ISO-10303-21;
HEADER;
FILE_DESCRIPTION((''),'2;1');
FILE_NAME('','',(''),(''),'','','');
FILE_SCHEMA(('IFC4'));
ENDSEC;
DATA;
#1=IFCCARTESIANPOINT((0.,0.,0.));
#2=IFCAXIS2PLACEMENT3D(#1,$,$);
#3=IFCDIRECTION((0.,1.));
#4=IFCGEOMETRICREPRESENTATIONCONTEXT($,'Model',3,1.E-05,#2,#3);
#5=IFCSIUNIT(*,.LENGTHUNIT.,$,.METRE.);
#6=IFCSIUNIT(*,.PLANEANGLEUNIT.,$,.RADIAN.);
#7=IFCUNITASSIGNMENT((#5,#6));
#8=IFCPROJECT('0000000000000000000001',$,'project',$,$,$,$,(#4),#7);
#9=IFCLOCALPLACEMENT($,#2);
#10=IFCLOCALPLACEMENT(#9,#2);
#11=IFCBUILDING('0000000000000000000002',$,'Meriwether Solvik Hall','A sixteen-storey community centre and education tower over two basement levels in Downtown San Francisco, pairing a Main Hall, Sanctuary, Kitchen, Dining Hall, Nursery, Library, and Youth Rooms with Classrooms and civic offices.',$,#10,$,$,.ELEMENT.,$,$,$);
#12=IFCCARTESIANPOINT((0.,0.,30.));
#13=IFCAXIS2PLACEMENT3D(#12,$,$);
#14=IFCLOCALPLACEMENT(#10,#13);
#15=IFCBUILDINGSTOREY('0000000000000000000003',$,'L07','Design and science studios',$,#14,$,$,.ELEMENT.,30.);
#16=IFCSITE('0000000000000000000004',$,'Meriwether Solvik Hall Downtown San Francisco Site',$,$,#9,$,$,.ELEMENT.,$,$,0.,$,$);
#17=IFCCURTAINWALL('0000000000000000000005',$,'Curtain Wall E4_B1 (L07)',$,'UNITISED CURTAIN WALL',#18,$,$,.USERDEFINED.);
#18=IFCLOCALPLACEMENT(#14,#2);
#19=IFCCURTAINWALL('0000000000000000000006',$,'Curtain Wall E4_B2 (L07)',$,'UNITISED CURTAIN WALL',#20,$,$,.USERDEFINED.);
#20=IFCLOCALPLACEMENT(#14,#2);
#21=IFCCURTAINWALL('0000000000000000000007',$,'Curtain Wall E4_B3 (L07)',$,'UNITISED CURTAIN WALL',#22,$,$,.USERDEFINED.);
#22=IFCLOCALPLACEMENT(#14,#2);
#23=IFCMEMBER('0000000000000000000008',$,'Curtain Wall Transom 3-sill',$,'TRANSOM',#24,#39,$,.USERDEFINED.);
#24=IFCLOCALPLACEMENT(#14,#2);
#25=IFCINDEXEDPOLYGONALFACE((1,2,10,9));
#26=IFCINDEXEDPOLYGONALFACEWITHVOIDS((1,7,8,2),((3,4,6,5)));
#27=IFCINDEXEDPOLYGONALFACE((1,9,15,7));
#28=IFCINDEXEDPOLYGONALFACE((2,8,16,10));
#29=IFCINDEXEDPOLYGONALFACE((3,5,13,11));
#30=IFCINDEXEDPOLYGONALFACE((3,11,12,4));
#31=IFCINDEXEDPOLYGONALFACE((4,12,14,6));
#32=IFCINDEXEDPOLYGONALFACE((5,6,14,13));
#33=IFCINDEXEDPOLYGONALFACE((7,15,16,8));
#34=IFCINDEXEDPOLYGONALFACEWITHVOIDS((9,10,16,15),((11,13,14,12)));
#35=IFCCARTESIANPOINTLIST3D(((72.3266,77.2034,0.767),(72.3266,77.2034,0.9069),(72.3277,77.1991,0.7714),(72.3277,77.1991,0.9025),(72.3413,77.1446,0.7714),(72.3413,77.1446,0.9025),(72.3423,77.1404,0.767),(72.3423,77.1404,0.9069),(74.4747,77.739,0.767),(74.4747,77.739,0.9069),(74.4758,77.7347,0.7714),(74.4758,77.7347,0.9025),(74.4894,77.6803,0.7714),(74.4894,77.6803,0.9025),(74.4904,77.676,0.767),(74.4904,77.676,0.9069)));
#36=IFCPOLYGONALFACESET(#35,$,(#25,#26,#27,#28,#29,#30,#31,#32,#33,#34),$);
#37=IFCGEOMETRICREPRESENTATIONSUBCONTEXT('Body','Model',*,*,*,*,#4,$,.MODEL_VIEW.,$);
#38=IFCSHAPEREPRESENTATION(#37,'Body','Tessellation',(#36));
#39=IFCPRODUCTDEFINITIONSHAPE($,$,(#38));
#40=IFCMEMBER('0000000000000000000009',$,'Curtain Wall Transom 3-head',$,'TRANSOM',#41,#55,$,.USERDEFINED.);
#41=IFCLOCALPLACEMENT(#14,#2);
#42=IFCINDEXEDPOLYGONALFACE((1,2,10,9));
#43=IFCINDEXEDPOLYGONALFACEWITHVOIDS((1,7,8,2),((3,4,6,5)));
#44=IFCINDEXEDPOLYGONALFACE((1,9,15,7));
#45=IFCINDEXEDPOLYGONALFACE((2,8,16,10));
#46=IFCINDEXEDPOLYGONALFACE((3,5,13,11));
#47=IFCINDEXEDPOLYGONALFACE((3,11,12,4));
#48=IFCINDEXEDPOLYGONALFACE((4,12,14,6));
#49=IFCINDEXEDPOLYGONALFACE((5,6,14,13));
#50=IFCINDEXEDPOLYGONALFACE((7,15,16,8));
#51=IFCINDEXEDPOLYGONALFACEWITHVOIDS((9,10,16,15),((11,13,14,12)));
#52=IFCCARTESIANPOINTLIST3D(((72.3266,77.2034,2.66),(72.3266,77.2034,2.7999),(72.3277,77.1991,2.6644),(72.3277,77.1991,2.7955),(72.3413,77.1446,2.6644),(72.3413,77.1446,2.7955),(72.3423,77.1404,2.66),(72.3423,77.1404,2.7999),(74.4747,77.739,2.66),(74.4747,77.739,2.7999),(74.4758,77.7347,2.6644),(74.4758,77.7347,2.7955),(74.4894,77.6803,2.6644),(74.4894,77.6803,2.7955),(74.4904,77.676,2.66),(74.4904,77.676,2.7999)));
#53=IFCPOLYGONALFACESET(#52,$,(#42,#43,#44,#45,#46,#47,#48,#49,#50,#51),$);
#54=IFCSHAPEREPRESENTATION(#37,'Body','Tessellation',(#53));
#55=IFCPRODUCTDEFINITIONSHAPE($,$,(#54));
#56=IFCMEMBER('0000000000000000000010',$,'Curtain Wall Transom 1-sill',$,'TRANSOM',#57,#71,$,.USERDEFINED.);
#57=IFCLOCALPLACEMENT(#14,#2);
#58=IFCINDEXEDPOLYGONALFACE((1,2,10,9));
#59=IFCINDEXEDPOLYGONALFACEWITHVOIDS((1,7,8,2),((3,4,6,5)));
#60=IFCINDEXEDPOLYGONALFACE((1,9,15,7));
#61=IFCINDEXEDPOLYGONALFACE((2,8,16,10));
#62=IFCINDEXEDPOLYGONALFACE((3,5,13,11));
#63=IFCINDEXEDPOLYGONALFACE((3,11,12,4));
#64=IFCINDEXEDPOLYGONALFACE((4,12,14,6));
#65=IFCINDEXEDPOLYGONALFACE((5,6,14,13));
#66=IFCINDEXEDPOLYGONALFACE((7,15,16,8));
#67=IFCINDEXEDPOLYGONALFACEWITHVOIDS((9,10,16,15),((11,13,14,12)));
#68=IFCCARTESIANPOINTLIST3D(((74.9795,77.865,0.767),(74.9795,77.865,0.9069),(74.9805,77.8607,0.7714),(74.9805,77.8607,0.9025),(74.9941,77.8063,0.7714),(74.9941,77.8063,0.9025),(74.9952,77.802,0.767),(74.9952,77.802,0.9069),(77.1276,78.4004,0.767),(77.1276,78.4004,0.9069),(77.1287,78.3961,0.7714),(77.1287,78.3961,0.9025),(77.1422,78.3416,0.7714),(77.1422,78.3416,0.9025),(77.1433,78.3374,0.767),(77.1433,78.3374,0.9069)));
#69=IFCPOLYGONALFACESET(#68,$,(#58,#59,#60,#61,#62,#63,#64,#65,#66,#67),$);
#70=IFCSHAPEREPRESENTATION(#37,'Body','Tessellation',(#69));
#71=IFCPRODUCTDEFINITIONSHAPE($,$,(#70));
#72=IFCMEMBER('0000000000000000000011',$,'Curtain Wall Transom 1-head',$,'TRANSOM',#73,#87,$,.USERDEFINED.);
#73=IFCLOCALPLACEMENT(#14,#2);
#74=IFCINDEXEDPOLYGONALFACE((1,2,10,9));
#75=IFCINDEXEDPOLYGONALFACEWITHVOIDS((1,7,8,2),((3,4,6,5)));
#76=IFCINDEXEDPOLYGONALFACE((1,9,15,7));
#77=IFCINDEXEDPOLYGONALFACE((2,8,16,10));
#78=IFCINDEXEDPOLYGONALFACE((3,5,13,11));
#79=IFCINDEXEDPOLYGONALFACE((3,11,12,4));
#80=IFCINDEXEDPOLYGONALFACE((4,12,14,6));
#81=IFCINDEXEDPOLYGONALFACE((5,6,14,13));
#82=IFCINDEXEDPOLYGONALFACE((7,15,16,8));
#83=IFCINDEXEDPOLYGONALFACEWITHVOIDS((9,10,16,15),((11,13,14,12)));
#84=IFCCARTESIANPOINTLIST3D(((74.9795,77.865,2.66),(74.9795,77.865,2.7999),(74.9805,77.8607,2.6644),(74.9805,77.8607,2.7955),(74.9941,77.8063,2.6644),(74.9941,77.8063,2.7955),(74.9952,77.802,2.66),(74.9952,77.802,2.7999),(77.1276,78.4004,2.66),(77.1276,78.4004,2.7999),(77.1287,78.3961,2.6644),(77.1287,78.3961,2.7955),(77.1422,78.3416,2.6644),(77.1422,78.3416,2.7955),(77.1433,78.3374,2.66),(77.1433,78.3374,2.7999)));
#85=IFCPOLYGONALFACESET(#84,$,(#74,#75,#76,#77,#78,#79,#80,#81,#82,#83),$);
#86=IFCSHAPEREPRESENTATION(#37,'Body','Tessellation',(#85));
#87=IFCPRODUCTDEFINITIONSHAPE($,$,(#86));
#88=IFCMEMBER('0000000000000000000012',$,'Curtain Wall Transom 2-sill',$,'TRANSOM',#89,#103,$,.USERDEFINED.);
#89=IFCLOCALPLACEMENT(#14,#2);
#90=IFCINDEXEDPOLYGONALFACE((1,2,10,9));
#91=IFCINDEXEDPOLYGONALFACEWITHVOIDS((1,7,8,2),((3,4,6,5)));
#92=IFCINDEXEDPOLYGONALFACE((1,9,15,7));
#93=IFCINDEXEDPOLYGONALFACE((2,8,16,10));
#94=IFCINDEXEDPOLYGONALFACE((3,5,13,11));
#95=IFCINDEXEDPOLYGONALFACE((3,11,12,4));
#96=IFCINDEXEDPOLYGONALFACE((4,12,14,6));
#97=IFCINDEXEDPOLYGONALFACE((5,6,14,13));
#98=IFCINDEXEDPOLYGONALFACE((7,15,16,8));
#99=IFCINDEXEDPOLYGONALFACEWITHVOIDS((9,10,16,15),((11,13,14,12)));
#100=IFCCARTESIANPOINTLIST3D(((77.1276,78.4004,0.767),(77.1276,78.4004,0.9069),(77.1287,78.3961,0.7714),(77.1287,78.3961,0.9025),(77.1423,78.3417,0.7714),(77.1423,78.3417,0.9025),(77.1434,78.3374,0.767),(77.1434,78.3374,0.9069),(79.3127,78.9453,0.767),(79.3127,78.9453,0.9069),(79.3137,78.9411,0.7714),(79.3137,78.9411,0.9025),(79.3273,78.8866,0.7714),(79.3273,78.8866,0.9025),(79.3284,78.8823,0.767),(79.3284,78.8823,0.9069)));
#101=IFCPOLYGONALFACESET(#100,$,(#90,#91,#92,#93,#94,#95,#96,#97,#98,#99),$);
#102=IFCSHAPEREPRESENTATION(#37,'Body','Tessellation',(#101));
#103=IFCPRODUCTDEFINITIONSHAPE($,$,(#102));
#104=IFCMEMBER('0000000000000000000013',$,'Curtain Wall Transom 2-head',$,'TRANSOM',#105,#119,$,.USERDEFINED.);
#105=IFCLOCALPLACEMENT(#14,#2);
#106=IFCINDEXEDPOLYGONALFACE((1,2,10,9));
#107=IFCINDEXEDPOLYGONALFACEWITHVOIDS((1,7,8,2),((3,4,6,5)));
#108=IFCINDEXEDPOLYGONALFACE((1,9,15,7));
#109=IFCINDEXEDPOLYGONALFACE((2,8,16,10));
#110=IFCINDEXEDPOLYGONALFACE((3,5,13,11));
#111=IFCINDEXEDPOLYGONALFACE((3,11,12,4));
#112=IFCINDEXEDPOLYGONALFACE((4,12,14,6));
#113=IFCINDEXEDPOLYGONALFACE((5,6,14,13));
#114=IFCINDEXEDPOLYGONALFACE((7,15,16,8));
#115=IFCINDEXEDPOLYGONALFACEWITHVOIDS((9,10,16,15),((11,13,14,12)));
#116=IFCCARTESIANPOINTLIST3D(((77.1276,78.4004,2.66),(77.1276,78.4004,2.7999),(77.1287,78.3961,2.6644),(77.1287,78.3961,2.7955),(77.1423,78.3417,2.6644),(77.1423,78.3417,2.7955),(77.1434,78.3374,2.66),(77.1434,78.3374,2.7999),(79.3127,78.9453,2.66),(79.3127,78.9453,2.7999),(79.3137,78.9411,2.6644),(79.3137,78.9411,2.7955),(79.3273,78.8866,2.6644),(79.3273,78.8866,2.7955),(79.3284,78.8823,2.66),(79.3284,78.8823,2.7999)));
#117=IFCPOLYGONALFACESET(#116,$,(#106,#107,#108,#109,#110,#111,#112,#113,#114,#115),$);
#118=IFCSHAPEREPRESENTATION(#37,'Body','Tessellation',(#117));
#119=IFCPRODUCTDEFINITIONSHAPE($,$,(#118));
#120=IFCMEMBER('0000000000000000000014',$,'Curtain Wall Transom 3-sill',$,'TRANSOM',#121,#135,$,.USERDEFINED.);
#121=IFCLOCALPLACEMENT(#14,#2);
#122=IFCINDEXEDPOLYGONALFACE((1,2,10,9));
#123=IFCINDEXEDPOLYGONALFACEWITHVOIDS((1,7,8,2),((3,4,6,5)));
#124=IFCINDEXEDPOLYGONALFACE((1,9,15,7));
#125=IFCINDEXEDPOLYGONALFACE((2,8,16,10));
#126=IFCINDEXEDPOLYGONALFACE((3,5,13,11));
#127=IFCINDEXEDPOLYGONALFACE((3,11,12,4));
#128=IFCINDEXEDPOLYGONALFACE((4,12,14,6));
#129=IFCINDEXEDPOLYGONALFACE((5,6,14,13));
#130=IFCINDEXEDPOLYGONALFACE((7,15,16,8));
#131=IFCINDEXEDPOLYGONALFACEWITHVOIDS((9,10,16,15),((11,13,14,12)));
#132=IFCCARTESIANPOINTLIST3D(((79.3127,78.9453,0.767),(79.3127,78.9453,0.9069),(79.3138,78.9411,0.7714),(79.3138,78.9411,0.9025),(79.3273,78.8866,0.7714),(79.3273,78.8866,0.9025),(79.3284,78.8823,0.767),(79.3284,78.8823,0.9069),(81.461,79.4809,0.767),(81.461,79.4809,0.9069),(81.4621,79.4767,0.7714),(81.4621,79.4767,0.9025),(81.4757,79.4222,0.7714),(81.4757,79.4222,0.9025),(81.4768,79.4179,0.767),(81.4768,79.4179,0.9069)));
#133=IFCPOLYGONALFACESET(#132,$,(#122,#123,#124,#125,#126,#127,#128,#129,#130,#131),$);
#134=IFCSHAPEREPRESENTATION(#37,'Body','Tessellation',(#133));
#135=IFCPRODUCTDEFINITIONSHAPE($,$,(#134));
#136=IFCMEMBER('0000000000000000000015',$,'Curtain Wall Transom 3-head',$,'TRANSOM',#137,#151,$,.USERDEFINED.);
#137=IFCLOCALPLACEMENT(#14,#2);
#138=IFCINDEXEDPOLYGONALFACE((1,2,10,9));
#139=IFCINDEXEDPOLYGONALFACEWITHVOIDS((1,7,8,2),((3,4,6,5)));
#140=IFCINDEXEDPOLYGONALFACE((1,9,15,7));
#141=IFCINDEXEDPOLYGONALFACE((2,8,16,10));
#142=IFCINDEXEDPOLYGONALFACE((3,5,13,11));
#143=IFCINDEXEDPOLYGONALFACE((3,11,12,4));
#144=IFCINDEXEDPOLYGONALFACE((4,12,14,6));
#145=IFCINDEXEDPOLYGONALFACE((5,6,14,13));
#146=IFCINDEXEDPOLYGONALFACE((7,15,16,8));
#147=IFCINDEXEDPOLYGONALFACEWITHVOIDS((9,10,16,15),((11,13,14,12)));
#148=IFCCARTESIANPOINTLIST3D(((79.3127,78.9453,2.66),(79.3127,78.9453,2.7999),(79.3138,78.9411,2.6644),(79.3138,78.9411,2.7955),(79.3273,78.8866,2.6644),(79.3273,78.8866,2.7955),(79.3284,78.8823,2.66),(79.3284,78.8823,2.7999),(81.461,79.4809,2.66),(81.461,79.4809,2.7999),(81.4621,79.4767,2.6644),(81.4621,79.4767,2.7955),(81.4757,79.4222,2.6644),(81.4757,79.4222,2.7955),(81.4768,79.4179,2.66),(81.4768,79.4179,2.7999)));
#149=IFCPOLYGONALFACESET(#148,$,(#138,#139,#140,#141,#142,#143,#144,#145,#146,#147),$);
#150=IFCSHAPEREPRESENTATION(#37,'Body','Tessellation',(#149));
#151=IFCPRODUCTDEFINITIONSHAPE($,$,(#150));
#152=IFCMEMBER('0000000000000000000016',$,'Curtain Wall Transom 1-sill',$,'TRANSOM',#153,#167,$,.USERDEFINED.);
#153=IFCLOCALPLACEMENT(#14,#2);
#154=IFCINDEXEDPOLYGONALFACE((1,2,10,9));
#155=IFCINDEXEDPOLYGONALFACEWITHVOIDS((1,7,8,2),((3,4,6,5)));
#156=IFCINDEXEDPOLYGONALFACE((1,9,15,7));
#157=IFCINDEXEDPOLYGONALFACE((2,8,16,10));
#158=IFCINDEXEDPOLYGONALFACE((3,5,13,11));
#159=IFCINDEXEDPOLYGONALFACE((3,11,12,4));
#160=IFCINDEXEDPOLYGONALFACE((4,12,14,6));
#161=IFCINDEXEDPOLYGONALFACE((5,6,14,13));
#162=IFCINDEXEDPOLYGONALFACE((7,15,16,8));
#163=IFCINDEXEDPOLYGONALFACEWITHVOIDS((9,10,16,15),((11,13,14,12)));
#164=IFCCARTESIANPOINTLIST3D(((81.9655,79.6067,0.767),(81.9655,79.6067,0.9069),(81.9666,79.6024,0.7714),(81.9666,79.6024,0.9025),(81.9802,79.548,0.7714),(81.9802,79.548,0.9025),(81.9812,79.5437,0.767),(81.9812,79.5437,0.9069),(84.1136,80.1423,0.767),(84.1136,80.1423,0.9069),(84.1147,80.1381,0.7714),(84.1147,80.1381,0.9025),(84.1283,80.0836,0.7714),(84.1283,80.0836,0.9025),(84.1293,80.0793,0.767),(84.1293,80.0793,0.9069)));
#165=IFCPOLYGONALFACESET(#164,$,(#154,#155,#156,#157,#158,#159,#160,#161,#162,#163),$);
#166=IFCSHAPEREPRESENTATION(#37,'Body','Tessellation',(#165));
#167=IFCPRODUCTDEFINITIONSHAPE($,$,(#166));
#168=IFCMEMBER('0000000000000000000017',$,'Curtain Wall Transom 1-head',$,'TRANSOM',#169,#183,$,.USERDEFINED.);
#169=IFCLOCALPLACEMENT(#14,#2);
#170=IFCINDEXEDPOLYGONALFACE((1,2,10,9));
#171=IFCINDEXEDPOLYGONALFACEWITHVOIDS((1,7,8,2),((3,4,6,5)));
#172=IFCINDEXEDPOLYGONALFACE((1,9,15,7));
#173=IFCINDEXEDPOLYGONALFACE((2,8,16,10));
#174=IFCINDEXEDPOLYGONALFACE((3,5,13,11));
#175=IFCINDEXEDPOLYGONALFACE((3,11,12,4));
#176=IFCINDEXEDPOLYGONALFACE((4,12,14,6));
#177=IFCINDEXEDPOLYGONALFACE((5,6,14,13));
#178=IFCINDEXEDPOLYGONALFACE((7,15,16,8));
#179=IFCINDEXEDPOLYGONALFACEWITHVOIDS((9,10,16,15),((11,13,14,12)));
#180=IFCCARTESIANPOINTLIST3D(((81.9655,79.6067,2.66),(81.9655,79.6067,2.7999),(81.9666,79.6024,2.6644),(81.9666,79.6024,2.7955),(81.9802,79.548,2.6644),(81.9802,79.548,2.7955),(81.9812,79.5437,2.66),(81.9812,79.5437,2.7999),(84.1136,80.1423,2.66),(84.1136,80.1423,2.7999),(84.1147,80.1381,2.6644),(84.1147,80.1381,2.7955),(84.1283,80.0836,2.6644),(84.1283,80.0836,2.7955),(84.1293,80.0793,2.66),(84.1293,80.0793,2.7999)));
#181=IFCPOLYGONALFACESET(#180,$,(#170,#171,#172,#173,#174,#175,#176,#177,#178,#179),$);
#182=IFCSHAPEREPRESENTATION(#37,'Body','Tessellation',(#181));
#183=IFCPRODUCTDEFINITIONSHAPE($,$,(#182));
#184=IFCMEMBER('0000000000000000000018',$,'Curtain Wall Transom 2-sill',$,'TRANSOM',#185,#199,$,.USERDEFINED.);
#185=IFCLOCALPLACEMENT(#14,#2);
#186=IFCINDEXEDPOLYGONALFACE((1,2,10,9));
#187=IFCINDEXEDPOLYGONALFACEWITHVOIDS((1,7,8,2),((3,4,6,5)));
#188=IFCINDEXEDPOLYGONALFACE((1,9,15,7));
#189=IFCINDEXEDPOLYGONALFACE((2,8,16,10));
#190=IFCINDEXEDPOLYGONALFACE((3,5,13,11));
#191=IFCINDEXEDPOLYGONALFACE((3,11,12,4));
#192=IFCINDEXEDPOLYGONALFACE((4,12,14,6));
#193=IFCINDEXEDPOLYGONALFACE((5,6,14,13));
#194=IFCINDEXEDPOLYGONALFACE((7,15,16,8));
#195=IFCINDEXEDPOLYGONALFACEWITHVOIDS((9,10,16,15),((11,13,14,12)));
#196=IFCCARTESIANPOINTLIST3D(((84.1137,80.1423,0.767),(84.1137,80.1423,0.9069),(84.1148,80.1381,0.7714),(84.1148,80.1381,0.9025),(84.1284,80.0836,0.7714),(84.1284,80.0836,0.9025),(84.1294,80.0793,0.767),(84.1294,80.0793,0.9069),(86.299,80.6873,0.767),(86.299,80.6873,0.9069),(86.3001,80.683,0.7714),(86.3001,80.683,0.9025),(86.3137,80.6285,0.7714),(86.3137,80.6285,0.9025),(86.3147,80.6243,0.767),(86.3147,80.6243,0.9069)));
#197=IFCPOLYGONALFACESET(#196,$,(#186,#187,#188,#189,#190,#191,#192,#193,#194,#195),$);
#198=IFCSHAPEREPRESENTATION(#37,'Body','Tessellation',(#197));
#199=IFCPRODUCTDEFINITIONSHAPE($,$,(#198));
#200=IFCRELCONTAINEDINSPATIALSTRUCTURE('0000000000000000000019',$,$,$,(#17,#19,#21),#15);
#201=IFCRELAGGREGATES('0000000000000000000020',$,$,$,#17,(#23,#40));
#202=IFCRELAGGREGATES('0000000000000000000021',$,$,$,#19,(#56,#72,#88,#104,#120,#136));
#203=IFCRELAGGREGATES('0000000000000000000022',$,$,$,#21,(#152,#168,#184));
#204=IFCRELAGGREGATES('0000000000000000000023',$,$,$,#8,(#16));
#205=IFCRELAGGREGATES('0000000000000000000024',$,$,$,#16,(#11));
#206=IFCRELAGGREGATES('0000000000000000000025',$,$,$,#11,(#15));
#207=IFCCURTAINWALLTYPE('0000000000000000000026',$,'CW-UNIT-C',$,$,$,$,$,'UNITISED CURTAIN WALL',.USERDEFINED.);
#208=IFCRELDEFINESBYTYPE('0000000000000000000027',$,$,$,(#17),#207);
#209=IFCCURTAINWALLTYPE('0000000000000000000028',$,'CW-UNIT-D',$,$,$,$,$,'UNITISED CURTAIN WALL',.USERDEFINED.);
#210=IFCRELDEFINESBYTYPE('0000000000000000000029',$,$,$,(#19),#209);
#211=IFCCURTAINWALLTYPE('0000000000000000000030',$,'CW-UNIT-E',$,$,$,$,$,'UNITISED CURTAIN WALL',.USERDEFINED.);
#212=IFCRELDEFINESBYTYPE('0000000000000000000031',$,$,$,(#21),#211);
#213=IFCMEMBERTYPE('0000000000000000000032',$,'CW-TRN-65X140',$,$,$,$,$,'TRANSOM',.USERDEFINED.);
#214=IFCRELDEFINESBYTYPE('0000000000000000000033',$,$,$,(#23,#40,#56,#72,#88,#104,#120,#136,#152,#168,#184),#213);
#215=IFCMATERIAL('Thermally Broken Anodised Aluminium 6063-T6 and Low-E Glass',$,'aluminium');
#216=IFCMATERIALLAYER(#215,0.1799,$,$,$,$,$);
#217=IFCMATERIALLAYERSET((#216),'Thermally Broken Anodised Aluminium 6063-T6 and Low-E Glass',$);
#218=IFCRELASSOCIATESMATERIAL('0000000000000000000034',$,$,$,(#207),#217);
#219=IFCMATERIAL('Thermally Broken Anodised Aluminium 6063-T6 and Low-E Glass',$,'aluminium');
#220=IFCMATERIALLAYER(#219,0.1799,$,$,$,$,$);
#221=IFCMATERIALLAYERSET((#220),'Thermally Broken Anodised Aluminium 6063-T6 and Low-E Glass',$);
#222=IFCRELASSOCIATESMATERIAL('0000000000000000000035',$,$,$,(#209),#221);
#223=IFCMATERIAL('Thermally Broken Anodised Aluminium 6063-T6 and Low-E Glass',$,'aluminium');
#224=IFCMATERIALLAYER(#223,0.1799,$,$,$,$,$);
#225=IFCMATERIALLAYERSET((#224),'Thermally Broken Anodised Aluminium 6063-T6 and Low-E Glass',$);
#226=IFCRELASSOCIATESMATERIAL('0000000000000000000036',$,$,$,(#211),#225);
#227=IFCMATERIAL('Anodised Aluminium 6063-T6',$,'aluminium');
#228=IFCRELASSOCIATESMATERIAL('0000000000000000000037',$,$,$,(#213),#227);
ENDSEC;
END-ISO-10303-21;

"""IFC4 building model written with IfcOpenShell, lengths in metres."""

from ifc_helpers import new_model, si_unit, direction, frame, origin, origin_2d, place, context, subcontext, project, spatial, hollow_rectangle, extrude, material, layer, layer_set, material_profile, profile_set, type_object, element, aggregate, save


model = new_model("IFC4")

# Units and contexts
model_context = context("Model", 3, precision=1e-05, world=origin(), true_north=direction((0.0, 1.0)))
body_context = subcontext(model_context, "Body", "Model", "MODEL_VIEW")
ifc_project = project(units=[si_unit("LENGTHUNIT", "METRE"), si_unit("PLANEANGLEUNIT", "RADIAN")], contexts=[model_context])

# Site, building, storey
site_placement = place(None, origin())
site = spatial("IfcSite", under=ifc_project, at=site_placement, Name="Meriwether Solvik Hall Downtown San Francisco Site", CompositionType="ELEMENT", RefElevation=0.0)
building_placement = place(site_placement, origin())
building = spatial("IfcBuilding", under=site, at=building_placement, Name="Meriwether Solvik Hall", Description="A sixteen-storey community centre and education tower over two basement levels in Downtown San Francisco, pairing a Main Hall, Sanctuary, Kitchen, Dining Hall, Nursery, Library, and Youth Rooms with Classrooms and civic offices.", CompositionType="ELEMENT")
storey_placement = place(building_placement, frame((0.0, 0.0, 30.0)))
storey = spatial("IfcBuildingStorey", under=building, at=storey_placement, Name="L07", Description="Design and science studios", CompositionType="ELEMENT", Elevation=30.0)

# Curtain walls
ifc_material_1 = material(Name="Thermally Broken Anodised Aluminium 6063-T6 and Low-E Glass", Category="aluminium")
ifc_layer_1 = layer(ifc_material_1, 0.1799)
ifc_layer_set_1 = layer_set([ifc_layer_1], Name="Thermally Broken Anodised Aluminium 6063-T6 and Low-E Glass")
curtain_wall_type_1 = type_object("IfcCurtainWallType", Name="CW-UNIT-C", ElementType="UNITISED CURTAIN WALL", PredefinedType="USERDEFINED", material=ifc_layer_set_1)
curtain_wall_1_placement = place(storey_placement, origin())
curtain_wall_1 = element("IfcCurtainWall", 1, at=curtain_wall_1_placement, inside=storey, type_object=curtain_wall_type_1, Name="Curtain Wall E4_B1 (L07)", ObjectType="UNITISED CURTAIN WALL", PredefinedType="USERDEFINED")
ifc_material_2 = material(Name="Thermally Broken Anodised Aluminium 6063-T6 and Low-E Glass", Category="aluminium")
ifc_layer_2 = layer(ifc_material_2, 0.1799)
ifc_layer_set_2 = layer_set([ifc_layer_2], Name="Thermally Broken Anodised Aluminium 6063-T6 and Low-E Glass")
curtain_wall_type_2 = type_object("IfcCurtainWallType", Name="CW-UNIT-D", ElementType="UNITISED CURTAIN WALL", PredefinedType="USERDEFINED", material=ifc_layer_set_2)
curtain_wall_2_placement = place(storey_placement, origin())
curtain_wall_2 = element("IfcCurtainWall", 2, at=curtain_wall_2_placement, inside=storey, type_object=curtain_wall_type_2, Name="Curtain Wall E4_B2 (L07)", ObjectType="UNITISED CURTAIN WALL", PredefinedType="USERDEFINED")
ifc_material_3 = material(Name="Thermally Broken Anodised Aluminium 6063-T6 and Low-E Glass", Category="aluminium")
ifc_layer_3 = layer(ifc_material_3, 0.1799)
ifc_layer_set_3 = layer_set([ifc_layer_3], Name="Thermally Broken Anodised Aluminium 6063-T6 and Low-E Glass")
curtain_wall_type_3 = type_object("IfcCurtainWallType", Name="CW-UNIT-E", ElementType="UNITISED CURTAIN WALL", PredefinedType="USERDEFINED", material=ifc_layer_set_3)
curtain_wall_3_placement = place(storey_placement, origin())
curtain_wall_3 = element("IfcCurtainWall", 3, at=curtain_wall_3_placement, inside=storey, type_object=curtain_wall_type_3, Name="Curtain Wall E4_B3 (L07)", ObjectType="UNITISED CURTAIN WALL", PredefinedType="USERDEFINED")

# Members
ifc_material_4 = material(Name="Anodised Aluminium 6063-T6", Category="aluminium")
ifc_material_profile_1 = material_profile(ifc_material_4, hollow_rectangle(XDim=0.0649, YDim=0.1399, WallThickness=0.0044, at=origin_2d()), Name="CWT-65X140")
ifc_profile_set_1 = profile_set([ifc_material_profile_1], Name="Anodised Aluminium 6063-T6")
member_type_1 = type_object("IfcMemberType", Name="CW-TRN-65X140", ElementType="TRANSOM", PredefinedType="USERDEFINED", material=ifc_profile_set_1)
member_1_placement = place(storey_placement, frame((72.3345, 77.1719, 0.8369), z_axis=(0.970292, 0.241939, 0.0), x_axis=(-0.241939, 0.970292, 0.0)))
member_1 = element("IfcMember", 4, at=member_1_placement, type_object=member_type_1, Name="Curtain Wall Transom 3-sill", ObjectType="TRANSOM", PredefinedType="USERDEFINED", context=body_context, shape_type="SweptSolid", body=[
    extrude(hollow_rectangle(XDim=0.0649, YDim=0.1399, WallThickness=0.0044, at=origin_2d()), origin(), (0.0, 0.0, 1.0), 2.2139),
])
member_2_placement = place(storey_placement, frame((72.3345, 77.1719, 2.73), z_axis=(0.970292, 0.241939, 0.0), x_axis=(-0.241939, 0.970292, 0.0)))
member_2 = element("IfcMember", 5, at=member_2_placement, type_object=member_type_1, Name="Curtain Wall Transom 3-head", ObjectType="TRANSOM", PredefinedType="USERDEFINED", context=body_context, shape_type="SweptSolid", body=[
    extrude(hollow_rectangle(XDim=0.0649, YDim=0.1399, WallThickness=0.0044, at=origin_2d()), origin(), (0.0, 0.0, 1.0), 2.2139),
])
member_3_placement = place(storey_placement, frame((74.9873, 77.8335, 0.8369), z_axis=(0.970317, 0.241835, 0.0), x_axis=(-0.241835, 0.970317, 0.0)))
member_3 = element("IfcMember", 6, at=member_3_placement, type_object=member_type_1, Name="Curtain Wall Transom 1-sill", ObjectType="TRANSOM", PredefinedType="USERDEFINED", context=body_context, shape_type="SweptSolid", body=[
    extrude(hollow_rectangle(XDim=0.0649, YDim=0.1399, WallThickness=0.0044, at=origin_2d()), origin(), (0.0, 0.0, 1.0), 2.2139),
])
member_4_placement = place(storey_placement, frame((74.9873, 77.8335, 2.73), z_axis=(0.970317, 0.241835, 0.0), x_axis=(-0.241835, 0.970317, 0.0)))
member_4 = element("IfcMember", 7, at=member_4_placement, type_object=member_type_1, Name="Curtain Wall Transom 1-head", ObjectType="TRANSOM", PredefinedType="USERDEFINED", context=body_context, shape_type="SweptSolid", body=[
    extrude(hollow_rectangle(XDim=0.0649, YDim=0.1399, WallThickness=0.0044, at=origin_2d()), origin(), (0.0, 0.0, 1.0), 2.2139),
])
member_5_placement = place(storey_placement, frame((77.1355, 78.3689, 0.8369), z_axis=(0.970283, 0.241974, 0.0), x_axis=(-0.241974, 0.970283, 0.0)))
member_5 = element("IfcMember", 8, at=member_5_placement, type_object=member_type_1, Name="Curtain Wall Transom 2-sill", ObjectType="TRANSOM", PredefinedType="USERDEFINED", context=body_context, shape_type="SweptSolid", body=[
    extrude(hollow_rectangle(XDim=0.0649, YDim=0.1399, WallThickness=0.0044, at=origin_2d()), origin(), (0.0, 0.0, 1.0), 2.252),
])
member_6_placement = place(storey_placement, frame((77.1355, 78.3689, 2.73), z_axis=(0.970283, 0.241974, 0.0), x_axis=(-0.241974, 0.970283, 0.0)))
member_6 = element("IfcMember", 9, at=member_6_placement, type_object=member_type_1, Name="Curtain Wall Transom 2-head", ObjectType="TRANSOM", PredefinedType="USERDEFINED", context=body_context, shape_type="SweptSolid", body=[
    extrude(hollow_rectangle(XDim=0.0649, YDim=0.1399, WallThickness=0.0044, at=origin_2d()), origin(), (0.0, 0.0, 1.0), 2.252),
])
member_7_placement = place(storey_placement, frame((79.3206, 78.9138, 0.8369), z_axis=(0.970298, 0.241913, 0.0), x_axis=(-0.241913, 0.970298, 0.0)))
member_7 = element("IfcMember", 10, at=member_7_placement, type_object=member_type_1, Name="Curtain Wall Transom 3-sill", ObjectType="TRANSOM", PredefinedType="USERDEFINED", context=body_context, shape_type="SweptSolid", body=[
    extrude(hollow_rectangle(XDim=0.0649, YDim=0.1399, WallThickness=0.0044, at=origin_2d()), origin(), (0.0, 0.0, 1.0), 2.2141),
])
member_8_placement = place(storey_placement, frame((79.3206, 78.9138, 2.73), z_axis=(0.970298, 0.241913, 0.0), x_axis=(-0.241913, 0.970298, 0.0)))
member_8 = element("IfcMember", 11, at=member_8_placement, type_object=member_type_1, Name="Curtain Wall Transom 3-head", ObjectType="TRANSOM", PredefinedType="USERDEFINED", context=body_context, shape_type="SweptSolid", body=[
    extrude(hollow_rectangle(XDim=0.0649, YDim=0.1399, WallThickness=0.0044, at=origin_2d()), origin(), (0.0, 0.0, 1.0), 2.2141),
])
member_9_placement = place(storey_placement, frame((81.9734, 79.5752, 0.8369), z_axis=(0.970292, 0.241939, 0.0), x_axis=(-0.241939, 0.970292, 0.0)))
member_9 = element("IfcMember", 12, at=member_9_placement, type_object=member_type_1, Name="Curtain Wall Transom 1-sill", ObjectType="TRANSOM", PredefinedType="USERDEFINED", context=body_context, shape_type="SweptSolid", body=[
    extrude(hollow_rectangle(XDim=0.0649, YDim=0.1399, WallThickness=0.0044, at=origin_2d()), origin(), (0.0, 0.0, 1.0), 2.2139),
])
member_10_placement = place(storey_placement, frame((81.9734, 79.5752, 2.73), z_axis=(0.970292, 0.241939, 0.0), x_axis=(-0.241939, 0.970292, 0.0)))
member_10 = element("IfcMember", 13, at=member_10_placement, type_object=member_type_1, Name="Curtain Wall Transom 1-head", ObjectType="TRANSOM", PredefinedType="USERDEFINED", context=body_context, shape_type="SweptSolid", body=[
    extrude(hollow_rectangle(XDim=0.0649, YDim=0.1399, WallThickness=0.0044, at=origin_2d()), origin(), (0.0, 0.0, 1.0), 2.2139),
])
member_11_placement = place(storey_placement, frame((84.1216, 80.1108, 0.8369), z_axis=(0.970289, 0.241949, 0.0), x_axis=(-0.241949, 0.970289, 0.0)))
member_11 = element("IfcMember", 14, at=member_11_placement, type_object=member_type_1, Name="Curtain Wall Transom 2-sill", ObjectType="TRANSOM", PredefinedType="USERDEFINED", context=body_context, shape_type="SweptSolid", body=[
    extrude(hollow_rectangle(XDim=0.0649, YDim=0.1399, WallThickness=0.0044, at=origin_2d()), origin(), (0.0, 0.0, 1.0), 2.2522),
])

aggregate(curtain_wall_1, [member_1, member_2])
aggregate(curtain_wall_2, [member_3, member_4, member_5, member_6, member_7, member_8])
aggregate(curtain_wall_3, [member_9, member_10, member_11])

save(model, "model.ifc")
